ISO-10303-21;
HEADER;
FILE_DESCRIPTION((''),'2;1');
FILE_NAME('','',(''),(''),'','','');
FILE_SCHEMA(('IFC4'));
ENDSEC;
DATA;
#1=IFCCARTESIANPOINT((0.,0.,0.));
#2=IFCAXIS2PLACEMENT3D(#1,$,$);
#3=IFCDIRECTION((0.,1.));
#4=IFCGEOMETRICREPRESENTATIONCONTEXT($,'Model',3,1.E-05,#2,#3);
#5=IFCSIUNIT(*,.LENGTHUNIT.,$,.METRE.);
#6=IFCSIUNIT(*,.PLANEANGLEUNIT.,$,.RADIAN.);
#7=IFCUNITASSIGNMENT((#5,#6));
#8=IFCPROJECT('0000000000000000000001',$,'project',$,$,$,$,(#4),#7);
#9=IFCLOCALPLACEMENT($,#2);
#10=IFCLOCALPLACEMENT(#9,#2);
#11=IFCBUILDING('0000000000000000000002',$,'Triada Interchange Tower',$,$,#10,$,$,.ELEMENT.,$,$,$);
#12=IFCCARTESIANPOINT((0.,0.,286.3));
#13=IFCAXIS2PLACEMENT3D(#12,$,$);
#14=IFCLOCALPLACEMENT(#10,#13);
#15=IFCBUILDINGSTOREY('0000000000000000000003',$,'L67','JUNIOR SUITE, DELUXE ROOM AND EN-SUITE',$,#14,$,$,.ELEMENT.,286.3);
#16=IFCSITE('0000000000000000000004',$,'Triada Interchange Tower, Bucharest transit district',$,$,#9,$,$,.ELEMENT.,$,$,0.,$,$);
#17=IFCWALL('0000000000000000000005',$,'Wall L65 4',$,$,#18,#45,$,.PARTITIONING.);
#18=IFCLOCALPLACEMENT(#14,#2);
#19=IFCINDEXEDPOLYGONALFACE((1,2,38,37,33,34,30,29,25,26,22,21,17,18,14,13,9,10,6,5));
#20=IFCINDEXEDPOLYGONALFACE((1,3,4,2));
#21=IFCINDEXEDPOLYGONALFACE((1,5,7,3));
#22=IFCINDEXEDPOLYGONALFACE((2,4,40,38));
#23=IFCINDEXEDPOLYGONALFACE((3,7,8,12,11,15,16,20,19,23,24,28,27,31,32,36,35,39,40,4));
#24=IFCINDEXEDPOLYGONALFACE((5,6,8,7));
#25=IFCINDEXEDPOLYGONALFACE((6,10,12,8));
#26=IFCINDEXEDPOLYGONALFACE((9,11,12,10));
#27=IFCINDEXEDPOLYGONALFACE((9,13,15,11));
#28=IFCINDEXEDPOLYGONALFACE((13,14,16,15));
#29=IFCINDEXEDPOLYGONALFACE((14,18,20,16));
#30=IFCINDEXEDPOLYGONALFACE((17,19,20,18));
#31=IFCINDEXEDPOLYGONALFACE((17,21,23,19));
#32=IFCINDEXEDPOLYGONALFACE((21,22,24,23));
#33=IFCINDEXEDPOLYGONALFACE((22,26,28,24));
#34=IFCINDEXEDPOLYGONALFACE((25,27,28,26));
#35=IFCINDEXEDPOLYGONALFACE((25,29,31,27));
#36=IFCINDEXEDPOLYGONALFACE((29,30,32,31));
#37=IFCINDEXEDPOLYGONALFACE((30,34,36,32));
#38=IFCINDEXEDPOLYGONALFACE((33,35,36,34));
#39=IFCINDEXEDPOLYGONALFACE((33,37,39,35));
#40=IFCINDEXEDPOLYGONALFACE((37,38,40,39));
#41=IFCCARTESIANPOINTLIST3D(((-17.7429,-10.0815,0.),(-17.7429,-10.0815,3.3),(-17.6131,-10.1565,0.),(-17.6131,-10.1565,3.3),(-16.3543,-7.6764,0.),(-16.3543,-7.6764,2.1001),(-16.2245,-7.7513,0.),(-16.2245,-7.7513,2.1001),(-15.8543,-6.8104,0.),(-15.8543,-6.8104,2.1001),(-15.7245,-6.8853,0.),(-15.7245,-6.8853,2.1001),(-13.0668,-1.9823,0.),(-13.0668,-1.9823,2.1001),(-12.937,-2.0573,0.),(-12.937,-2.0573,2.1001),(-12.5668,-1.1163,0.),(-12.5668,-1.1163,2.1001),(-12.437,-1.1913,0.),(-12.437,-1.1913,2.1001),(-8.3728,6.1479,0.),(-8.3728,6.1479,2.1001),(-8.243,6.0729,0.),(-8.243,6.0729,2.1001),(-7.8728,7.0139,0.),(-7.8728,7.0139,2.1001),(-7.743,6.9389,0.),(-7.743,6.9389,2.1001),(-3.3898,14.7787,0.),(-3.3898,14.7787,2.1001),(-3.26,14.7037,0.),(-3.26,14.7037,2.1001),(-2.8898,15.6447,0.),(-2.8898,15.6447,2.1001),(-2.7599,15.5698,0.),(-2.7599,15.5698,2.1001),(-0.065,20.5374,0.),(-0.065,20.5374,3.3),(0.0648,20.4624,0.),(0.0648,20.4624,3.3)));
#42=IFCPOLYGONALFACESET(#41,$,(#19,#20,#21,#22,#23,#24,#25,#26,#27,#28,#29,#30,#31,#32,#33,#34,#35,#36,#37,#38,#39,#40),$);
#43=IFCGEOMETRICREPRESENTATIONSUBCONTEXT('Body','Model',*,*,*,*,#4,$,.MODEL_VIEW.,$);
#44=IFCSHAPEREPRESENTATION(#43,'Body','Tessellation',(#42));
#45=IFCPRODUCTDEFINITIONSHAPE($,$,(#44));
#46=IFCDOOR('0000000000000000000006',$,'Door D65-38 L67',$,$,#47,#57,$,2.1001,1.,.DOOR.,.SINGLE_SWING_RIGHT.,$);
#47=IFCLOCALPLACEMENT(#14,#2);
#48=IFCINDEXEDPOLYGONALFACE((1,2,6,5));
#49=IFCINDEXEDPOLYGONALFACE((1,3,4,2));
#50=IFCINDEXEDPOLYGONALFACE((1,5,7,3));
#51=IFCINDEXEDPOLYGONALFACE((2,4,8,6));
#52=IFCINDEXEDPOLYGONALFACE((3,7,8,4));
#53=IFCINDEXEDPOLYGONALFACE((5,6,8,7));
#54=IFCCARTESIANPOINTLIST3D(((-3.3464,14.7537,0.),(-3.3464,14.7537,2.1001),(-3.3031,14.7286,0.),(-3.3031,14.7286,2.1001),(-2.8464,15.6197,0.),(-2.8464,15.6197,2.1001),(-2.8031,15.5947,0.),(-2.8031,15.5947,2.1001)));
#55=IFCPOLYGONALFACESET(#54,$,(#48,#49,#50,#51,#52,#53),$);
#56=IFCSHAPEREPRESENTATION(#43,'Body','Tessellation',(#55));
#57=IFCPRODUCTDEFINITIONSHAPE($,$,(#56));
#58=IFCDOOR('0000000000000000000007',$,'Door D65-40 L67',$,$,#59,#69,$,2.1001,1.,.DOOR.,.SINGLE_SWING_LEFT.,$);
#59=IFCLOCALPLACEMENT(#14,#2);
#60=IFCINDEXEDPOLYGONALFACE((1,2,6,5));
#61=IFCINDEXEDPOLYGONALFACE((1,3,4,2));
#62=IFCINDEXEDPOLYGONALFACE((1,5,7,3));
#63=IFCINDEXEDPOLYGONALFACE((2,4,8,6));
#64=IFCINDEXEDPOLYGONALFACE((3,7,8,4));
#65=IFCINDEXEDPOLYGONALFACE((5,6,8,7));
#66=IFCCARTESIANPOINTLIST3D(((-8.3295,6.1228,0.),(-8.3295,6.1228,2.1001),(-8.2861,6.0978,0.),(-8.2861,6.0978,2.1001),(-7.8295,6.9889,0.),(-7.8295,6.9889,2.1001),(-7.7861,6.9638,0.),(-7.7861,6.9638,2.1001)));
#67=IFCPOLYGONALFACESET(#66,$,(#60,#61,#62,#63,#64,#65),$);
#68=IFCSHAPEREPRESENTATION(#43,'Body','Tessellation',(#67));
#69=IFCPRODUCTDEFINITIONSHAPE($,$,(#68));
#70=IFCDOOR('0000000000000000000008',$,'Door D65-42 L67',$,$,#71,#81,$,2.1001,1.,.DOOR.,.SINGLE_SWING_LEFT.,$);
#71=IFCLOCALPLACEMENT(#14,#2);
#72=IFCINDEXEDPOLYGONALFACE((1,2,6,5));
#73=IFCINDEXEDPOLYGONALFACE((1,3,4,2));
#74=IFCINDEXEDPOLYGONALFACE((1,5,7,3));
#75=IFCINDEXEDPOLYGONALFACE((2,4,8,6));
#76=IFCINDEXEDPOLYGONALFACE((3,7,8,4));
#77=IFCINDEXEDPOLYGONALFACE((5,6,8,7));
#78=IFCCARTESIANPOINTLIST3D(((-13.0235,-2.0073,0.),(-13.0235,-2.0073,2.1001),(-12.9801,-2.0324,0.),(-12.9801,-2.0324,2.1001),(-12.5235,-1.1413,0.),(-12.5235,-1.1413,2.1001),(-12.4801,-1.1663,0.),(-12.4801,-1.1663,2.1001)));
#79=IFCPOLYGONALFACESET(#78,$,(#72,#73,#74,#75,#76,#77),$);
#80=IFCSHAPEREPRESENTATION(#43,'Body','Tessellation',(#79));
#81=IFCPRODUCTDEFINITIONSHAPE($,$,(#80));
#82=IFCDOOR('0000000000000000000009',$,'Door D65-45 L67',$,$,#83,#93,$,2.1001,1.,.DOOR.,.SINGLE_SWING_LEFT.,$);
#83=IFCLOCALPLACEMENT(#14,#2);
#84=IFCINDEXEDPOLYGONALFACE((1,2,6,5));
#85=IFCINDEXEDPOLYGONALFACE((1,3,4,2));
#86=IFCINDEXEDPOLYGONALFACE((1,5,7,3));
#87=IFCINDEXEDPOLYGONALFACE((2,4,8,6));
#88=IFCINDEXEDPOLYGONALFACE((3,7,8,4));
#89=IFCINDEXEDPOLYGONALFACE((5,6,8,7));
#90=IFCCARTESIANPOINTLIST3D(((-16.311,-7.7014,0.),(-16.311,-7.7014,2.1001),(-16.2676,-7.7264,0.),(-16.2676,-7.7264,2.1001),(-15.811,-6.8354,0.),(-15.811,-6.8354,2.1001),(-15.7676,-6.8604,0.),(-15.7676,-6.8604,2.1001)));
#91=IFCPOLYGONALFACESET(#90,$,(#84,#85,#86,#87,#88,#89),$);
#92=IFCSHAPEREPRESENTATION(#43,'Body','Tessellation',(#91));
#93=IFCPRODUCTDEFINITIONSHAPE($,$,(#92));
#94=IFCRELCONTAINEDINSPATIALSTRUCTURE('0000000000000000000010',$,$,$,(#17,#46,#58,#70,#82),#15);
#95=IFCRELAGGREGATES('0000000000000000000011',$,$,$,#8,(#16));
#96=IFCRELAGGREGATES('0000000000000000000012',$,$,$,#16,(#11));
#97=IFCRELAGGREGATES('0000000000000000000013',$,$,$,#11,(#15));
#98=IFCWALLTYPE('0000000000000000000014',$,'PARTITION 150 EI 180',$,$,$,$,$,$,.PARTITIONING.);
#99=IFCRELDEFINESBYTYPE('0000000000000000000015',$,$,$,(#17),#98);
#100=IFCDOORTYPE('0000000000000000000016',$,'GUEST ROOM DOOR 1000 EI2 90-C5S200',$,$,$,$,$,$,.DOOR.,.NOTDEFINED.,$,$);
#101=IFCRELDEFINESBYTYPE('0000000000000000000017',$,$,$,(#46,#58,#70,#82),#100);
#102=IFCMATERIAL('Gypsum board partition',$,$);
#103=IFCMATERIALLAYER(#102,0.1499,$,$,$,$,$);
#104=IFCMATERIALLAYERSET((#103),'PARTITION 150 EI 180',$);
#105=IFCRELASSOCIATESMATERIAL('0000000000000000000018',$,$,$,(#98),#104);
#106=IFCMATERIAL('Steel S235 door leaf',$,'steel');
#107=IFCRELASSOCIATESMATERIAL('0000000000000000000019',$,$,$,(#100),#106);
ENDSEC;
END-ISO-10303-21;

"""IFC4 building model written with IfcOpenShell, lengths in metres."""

from ifc_helpers import new_model, si_unit, direction, frame, frame_2d, origin, place, context, subcontext, project, spatial, rectangle, extrude, material, layer, layer_set, type_object, element, fill, save


model = new_model("IFC4")

# Units and contexts
model_context = context("Model", 3, precision=1e-05, world=origin(), true_north=direction((0.0, 1.0)))
body_context = subcontext(model_context, "Body", "Model", "MODEL_VIEW")
ifc_project = project(units=[si_unit("LENGTHUNIT", "METRE"), si_unit("PLANEANGLEUNIT", "RADIAN")], contexts=[model_context])

# Site, building, storey
site_placement = place(None, origin())
site = spatial("IfcSite", under=ifc_project, at=site_placement, Name="Triada Interchange Tower, Bucharest transit district", CompositionType="ELEMENT", RefElevation=0.0)
building_placement = place(site_placement, origin())
building = spatial("IfcBuilding", under=site, at=building_placement, Name="Triada Interchange Tower", CompositionType="ELEMENT")
storey_placement = place(building_placement, frame((0.0, 0.0, 286.3)))
storey = spatial("IfcBuildingStorey", under=building, at=storey_placement, Name="L67", Description="JUNIOR SUITE, DELUXE ROOM AND EN-SUITE", CompositionType="ELEMENT", Elevation=286.3)

# Wall, openings, doors
ifc_material_1 = material(Name="Gypsum board partition")
ifc_layer = layer(ifc_material_1, 0.1499)
ifc_layer_set = layer_set([ifc_layer], Name="PARTITION 150 EI 180")
wall_type = type_object("IfcWallType", Name="PARTITION 150 EI 180", PredefinedType="PARTITIONING", material=ifc_layer_set)
wall_1_placement = place(storey_placement, frame((-17.678, -10.1189, 0.0), z_axis=(0.0, 0.0, 1.0), x_axis=(0.500003, 0.866024, 0.0)))
wall_1 = element("IfcWall", 1, at=wall_1_placement, inside=storey, type_object=wall_type, Name="Wall L65 4", PredefinedType="PARTITIONING", context=body_context, shape_type="SweptSolid", body=[
    extrude(rectangle(XDim=35.3557, YDim=0.1499, at=frame_2d((17.6777, 0.0))), origin(), (0.0, 0.0, 1.0), 3.3),
])
opening_1_placement = place(wall_1_placement, frame((28.7061, 0.0, 0.0)))
opening_1 = element("IfcOpeningElement", 2, at=opening_1_placement, cuts=wall_1, PredefinedType="OPENING", context=body_context, shape_type="SweptSolid", body=[
    extrude(rectangle(XDim=1.0, YDim=2.1001, at=frame_2d((0.5, 1.05))), frame((0.0, 0.085, 0.0), z_axis=(0.0, -1.0, 0.0), x_axis=(1.0, 0.0, 0.0)), (0.0, 0.0, 1.0), 0.1699),
])
opening_2_placement = place(wall_1_placement, frame((18.74, 0.0, 0.0)))
opening_2 = element("IfcOpeningElement", 3, at=opening_2_placement, cuts=wall_1, PredefinedType="OPENING", context=body_context, shape_type="SweptSolid", body=[
    extrude(rectangle(XDim=1.0, YDim=2.1001, at=frame_2d((0.5, 1.05))), frame((0.0, 0.085, 0.0), z_axis=(0.0, -1.0, 0.0), x_axis=(1.0, 0.0, 0.0)), (0.0, 0.0, 1.0), 0.1699),
])
opening_3_placement = place(wall_1_placement, frame((9.3521, 0.0, 0.0)))
opening_3 = element("IfcOpeningElement", 4, at=opening_3_placement, cuts=wall_1, PredefinedType="OPENING", context=body_context, shape_type="SweptSolid", body=[
    extrude(rectangle(XDim=1.0, YDim=2.1001, at=frame_2d((0.5, 1.05))), frame((0.0, 0.085, 0.0), z_axis=(0.0, -1.0, 0.0), x_axis=(1.0, 0.0, 0.0)), (0.0, 0.0, 1.0), 0.1699),
])
opening_4_placement = place(wall_1_placement, frame((2.7771, 0.0, 0.0)))
opening_4 = element("IfcOpeningElement", 5, at=opening_4_placement, cuts=wall_1, PredefinedType="OPENING", context=body_context, shape_type="SweptSolid", body=[
    extrude(rectangle(XDim=1.0, YDim=2.1001, at=frame_2d((0.5, 1.05))), frame((0.0, 0.085, 0.0), z_axis=(0.0, -1.0, 0.0), x_axis=(1.0, 0.0, 0.0)), (0.0, 0.0, 1.0), 0.1699),
])
ifc_material_2 = material(Name="Steel S235 door leaf", Category="steel")
door_type_1 = type_object("IfcDoorType", Name="GUEST ROOM DOOR 1000 EI2 90-C5S200", OperationType="NOTDEFINED", PredefinedType="DOOR", material=ifc_material_2)
door_1_placement = place(opening_1_placement, origin())
door_1 = element("IfcDoor", 6, at=door_1_placement, inside=storey, type_object=door_type_1, Name="Door D65-38 L67", OperationType="SINGLE_SWING_RIGHT", OverallHeight=2.1001, OverallWidth=1.0, PredefinedType="DOOR", context=body_context, shape_type="SweptSolid", body=[
    extrude(rectangle(XDim=1.0, YDim=2.1001, at=frame_2d((0.5, 1.05))), frame((0.0, 0.0249, 0.0), z_axis=(0.0, -1.0, 0.0), x_axis=(1.0, 0.0, 0.0)), (0.0, 0.0, 1.0), 0.05),
])
fill(opening_1, door_1)
door_2_placement = place(opening_2_placement, origin())
door_2 = element("IfcDoor", 7, at=door_2_placement, inside=storey, type_object=door_type_1, Name="Door D65-40 L67", OperationType="SINGLE_SWING_LEFT", OverallHeight=2.1001, OverallWidth=1.0, PredefinedType="DOOR", context=body_context, shape_type="SweptSolid", body=[
    extrude(rectangle(XDim=1.0, YDim=2.1001, at=frame_2d((0.5, 1.05))), frame((0.0, 0.0249, 0.0), z_axis=(0.0, -1.0, 0.0), x_axis=(1.0, 0.0, 0.0)), (0.0, 0.0, 1.0), 0.05),
])
fill(opening_2, door_2)
door_3_placement = place(opening_3_placement, origin())
door_3 = element("IfcDoor", 8, at=door_3_placement, inside=storey, type_object=door_type_1, Name="Door D65-42 L67", OperationType="SINGLE_SWING_LEFT", OverallHeight=2.1001, OverallWidth=1.0, PredefinedType="DOOR", context=body_context, shape_type="SweptSolid", body=[
    extrude(rectangle(XDim=1.0, YDim=2.1001, at=frame_2d((0.5, 1.05))), frame((0.0, 0.0249, 0.0), z_axis=(0.0, -1.0, 0.0), x_axis=(1.0, 0.0, 0.0)), (0.0, 0.0, 1.0), 0.05),
])
fill(opening_3, door_3)
door_4_placement = place(opening_4_placement, origin())
door_4 = element("IfcDoor", 9, at=door_4_placement, inside=storey, type_object=door_type_1, Name="Door D65-45 L67", OperationType="SINGLE_SWING_LEFT", OverallHeight=2.1001, OverallWidth=1.0, PredefinedType="DOOR", context=body_context, shape_type="SweptSolid", body=[
    extrude(rectangle(XDim=1.0, YDim=2.1001, at=frame_2d((0.5, 1.05))), frame((0.0, 0.0249, 0.0), z_axis=(0.0, -1.0, 0.0), x_axis=(1.0, 0.0, 0.0)), (0.0, 0.0, 1.0), 0.05),
])
fill(opening_4, door_4)

save(model, "model.ifc")
